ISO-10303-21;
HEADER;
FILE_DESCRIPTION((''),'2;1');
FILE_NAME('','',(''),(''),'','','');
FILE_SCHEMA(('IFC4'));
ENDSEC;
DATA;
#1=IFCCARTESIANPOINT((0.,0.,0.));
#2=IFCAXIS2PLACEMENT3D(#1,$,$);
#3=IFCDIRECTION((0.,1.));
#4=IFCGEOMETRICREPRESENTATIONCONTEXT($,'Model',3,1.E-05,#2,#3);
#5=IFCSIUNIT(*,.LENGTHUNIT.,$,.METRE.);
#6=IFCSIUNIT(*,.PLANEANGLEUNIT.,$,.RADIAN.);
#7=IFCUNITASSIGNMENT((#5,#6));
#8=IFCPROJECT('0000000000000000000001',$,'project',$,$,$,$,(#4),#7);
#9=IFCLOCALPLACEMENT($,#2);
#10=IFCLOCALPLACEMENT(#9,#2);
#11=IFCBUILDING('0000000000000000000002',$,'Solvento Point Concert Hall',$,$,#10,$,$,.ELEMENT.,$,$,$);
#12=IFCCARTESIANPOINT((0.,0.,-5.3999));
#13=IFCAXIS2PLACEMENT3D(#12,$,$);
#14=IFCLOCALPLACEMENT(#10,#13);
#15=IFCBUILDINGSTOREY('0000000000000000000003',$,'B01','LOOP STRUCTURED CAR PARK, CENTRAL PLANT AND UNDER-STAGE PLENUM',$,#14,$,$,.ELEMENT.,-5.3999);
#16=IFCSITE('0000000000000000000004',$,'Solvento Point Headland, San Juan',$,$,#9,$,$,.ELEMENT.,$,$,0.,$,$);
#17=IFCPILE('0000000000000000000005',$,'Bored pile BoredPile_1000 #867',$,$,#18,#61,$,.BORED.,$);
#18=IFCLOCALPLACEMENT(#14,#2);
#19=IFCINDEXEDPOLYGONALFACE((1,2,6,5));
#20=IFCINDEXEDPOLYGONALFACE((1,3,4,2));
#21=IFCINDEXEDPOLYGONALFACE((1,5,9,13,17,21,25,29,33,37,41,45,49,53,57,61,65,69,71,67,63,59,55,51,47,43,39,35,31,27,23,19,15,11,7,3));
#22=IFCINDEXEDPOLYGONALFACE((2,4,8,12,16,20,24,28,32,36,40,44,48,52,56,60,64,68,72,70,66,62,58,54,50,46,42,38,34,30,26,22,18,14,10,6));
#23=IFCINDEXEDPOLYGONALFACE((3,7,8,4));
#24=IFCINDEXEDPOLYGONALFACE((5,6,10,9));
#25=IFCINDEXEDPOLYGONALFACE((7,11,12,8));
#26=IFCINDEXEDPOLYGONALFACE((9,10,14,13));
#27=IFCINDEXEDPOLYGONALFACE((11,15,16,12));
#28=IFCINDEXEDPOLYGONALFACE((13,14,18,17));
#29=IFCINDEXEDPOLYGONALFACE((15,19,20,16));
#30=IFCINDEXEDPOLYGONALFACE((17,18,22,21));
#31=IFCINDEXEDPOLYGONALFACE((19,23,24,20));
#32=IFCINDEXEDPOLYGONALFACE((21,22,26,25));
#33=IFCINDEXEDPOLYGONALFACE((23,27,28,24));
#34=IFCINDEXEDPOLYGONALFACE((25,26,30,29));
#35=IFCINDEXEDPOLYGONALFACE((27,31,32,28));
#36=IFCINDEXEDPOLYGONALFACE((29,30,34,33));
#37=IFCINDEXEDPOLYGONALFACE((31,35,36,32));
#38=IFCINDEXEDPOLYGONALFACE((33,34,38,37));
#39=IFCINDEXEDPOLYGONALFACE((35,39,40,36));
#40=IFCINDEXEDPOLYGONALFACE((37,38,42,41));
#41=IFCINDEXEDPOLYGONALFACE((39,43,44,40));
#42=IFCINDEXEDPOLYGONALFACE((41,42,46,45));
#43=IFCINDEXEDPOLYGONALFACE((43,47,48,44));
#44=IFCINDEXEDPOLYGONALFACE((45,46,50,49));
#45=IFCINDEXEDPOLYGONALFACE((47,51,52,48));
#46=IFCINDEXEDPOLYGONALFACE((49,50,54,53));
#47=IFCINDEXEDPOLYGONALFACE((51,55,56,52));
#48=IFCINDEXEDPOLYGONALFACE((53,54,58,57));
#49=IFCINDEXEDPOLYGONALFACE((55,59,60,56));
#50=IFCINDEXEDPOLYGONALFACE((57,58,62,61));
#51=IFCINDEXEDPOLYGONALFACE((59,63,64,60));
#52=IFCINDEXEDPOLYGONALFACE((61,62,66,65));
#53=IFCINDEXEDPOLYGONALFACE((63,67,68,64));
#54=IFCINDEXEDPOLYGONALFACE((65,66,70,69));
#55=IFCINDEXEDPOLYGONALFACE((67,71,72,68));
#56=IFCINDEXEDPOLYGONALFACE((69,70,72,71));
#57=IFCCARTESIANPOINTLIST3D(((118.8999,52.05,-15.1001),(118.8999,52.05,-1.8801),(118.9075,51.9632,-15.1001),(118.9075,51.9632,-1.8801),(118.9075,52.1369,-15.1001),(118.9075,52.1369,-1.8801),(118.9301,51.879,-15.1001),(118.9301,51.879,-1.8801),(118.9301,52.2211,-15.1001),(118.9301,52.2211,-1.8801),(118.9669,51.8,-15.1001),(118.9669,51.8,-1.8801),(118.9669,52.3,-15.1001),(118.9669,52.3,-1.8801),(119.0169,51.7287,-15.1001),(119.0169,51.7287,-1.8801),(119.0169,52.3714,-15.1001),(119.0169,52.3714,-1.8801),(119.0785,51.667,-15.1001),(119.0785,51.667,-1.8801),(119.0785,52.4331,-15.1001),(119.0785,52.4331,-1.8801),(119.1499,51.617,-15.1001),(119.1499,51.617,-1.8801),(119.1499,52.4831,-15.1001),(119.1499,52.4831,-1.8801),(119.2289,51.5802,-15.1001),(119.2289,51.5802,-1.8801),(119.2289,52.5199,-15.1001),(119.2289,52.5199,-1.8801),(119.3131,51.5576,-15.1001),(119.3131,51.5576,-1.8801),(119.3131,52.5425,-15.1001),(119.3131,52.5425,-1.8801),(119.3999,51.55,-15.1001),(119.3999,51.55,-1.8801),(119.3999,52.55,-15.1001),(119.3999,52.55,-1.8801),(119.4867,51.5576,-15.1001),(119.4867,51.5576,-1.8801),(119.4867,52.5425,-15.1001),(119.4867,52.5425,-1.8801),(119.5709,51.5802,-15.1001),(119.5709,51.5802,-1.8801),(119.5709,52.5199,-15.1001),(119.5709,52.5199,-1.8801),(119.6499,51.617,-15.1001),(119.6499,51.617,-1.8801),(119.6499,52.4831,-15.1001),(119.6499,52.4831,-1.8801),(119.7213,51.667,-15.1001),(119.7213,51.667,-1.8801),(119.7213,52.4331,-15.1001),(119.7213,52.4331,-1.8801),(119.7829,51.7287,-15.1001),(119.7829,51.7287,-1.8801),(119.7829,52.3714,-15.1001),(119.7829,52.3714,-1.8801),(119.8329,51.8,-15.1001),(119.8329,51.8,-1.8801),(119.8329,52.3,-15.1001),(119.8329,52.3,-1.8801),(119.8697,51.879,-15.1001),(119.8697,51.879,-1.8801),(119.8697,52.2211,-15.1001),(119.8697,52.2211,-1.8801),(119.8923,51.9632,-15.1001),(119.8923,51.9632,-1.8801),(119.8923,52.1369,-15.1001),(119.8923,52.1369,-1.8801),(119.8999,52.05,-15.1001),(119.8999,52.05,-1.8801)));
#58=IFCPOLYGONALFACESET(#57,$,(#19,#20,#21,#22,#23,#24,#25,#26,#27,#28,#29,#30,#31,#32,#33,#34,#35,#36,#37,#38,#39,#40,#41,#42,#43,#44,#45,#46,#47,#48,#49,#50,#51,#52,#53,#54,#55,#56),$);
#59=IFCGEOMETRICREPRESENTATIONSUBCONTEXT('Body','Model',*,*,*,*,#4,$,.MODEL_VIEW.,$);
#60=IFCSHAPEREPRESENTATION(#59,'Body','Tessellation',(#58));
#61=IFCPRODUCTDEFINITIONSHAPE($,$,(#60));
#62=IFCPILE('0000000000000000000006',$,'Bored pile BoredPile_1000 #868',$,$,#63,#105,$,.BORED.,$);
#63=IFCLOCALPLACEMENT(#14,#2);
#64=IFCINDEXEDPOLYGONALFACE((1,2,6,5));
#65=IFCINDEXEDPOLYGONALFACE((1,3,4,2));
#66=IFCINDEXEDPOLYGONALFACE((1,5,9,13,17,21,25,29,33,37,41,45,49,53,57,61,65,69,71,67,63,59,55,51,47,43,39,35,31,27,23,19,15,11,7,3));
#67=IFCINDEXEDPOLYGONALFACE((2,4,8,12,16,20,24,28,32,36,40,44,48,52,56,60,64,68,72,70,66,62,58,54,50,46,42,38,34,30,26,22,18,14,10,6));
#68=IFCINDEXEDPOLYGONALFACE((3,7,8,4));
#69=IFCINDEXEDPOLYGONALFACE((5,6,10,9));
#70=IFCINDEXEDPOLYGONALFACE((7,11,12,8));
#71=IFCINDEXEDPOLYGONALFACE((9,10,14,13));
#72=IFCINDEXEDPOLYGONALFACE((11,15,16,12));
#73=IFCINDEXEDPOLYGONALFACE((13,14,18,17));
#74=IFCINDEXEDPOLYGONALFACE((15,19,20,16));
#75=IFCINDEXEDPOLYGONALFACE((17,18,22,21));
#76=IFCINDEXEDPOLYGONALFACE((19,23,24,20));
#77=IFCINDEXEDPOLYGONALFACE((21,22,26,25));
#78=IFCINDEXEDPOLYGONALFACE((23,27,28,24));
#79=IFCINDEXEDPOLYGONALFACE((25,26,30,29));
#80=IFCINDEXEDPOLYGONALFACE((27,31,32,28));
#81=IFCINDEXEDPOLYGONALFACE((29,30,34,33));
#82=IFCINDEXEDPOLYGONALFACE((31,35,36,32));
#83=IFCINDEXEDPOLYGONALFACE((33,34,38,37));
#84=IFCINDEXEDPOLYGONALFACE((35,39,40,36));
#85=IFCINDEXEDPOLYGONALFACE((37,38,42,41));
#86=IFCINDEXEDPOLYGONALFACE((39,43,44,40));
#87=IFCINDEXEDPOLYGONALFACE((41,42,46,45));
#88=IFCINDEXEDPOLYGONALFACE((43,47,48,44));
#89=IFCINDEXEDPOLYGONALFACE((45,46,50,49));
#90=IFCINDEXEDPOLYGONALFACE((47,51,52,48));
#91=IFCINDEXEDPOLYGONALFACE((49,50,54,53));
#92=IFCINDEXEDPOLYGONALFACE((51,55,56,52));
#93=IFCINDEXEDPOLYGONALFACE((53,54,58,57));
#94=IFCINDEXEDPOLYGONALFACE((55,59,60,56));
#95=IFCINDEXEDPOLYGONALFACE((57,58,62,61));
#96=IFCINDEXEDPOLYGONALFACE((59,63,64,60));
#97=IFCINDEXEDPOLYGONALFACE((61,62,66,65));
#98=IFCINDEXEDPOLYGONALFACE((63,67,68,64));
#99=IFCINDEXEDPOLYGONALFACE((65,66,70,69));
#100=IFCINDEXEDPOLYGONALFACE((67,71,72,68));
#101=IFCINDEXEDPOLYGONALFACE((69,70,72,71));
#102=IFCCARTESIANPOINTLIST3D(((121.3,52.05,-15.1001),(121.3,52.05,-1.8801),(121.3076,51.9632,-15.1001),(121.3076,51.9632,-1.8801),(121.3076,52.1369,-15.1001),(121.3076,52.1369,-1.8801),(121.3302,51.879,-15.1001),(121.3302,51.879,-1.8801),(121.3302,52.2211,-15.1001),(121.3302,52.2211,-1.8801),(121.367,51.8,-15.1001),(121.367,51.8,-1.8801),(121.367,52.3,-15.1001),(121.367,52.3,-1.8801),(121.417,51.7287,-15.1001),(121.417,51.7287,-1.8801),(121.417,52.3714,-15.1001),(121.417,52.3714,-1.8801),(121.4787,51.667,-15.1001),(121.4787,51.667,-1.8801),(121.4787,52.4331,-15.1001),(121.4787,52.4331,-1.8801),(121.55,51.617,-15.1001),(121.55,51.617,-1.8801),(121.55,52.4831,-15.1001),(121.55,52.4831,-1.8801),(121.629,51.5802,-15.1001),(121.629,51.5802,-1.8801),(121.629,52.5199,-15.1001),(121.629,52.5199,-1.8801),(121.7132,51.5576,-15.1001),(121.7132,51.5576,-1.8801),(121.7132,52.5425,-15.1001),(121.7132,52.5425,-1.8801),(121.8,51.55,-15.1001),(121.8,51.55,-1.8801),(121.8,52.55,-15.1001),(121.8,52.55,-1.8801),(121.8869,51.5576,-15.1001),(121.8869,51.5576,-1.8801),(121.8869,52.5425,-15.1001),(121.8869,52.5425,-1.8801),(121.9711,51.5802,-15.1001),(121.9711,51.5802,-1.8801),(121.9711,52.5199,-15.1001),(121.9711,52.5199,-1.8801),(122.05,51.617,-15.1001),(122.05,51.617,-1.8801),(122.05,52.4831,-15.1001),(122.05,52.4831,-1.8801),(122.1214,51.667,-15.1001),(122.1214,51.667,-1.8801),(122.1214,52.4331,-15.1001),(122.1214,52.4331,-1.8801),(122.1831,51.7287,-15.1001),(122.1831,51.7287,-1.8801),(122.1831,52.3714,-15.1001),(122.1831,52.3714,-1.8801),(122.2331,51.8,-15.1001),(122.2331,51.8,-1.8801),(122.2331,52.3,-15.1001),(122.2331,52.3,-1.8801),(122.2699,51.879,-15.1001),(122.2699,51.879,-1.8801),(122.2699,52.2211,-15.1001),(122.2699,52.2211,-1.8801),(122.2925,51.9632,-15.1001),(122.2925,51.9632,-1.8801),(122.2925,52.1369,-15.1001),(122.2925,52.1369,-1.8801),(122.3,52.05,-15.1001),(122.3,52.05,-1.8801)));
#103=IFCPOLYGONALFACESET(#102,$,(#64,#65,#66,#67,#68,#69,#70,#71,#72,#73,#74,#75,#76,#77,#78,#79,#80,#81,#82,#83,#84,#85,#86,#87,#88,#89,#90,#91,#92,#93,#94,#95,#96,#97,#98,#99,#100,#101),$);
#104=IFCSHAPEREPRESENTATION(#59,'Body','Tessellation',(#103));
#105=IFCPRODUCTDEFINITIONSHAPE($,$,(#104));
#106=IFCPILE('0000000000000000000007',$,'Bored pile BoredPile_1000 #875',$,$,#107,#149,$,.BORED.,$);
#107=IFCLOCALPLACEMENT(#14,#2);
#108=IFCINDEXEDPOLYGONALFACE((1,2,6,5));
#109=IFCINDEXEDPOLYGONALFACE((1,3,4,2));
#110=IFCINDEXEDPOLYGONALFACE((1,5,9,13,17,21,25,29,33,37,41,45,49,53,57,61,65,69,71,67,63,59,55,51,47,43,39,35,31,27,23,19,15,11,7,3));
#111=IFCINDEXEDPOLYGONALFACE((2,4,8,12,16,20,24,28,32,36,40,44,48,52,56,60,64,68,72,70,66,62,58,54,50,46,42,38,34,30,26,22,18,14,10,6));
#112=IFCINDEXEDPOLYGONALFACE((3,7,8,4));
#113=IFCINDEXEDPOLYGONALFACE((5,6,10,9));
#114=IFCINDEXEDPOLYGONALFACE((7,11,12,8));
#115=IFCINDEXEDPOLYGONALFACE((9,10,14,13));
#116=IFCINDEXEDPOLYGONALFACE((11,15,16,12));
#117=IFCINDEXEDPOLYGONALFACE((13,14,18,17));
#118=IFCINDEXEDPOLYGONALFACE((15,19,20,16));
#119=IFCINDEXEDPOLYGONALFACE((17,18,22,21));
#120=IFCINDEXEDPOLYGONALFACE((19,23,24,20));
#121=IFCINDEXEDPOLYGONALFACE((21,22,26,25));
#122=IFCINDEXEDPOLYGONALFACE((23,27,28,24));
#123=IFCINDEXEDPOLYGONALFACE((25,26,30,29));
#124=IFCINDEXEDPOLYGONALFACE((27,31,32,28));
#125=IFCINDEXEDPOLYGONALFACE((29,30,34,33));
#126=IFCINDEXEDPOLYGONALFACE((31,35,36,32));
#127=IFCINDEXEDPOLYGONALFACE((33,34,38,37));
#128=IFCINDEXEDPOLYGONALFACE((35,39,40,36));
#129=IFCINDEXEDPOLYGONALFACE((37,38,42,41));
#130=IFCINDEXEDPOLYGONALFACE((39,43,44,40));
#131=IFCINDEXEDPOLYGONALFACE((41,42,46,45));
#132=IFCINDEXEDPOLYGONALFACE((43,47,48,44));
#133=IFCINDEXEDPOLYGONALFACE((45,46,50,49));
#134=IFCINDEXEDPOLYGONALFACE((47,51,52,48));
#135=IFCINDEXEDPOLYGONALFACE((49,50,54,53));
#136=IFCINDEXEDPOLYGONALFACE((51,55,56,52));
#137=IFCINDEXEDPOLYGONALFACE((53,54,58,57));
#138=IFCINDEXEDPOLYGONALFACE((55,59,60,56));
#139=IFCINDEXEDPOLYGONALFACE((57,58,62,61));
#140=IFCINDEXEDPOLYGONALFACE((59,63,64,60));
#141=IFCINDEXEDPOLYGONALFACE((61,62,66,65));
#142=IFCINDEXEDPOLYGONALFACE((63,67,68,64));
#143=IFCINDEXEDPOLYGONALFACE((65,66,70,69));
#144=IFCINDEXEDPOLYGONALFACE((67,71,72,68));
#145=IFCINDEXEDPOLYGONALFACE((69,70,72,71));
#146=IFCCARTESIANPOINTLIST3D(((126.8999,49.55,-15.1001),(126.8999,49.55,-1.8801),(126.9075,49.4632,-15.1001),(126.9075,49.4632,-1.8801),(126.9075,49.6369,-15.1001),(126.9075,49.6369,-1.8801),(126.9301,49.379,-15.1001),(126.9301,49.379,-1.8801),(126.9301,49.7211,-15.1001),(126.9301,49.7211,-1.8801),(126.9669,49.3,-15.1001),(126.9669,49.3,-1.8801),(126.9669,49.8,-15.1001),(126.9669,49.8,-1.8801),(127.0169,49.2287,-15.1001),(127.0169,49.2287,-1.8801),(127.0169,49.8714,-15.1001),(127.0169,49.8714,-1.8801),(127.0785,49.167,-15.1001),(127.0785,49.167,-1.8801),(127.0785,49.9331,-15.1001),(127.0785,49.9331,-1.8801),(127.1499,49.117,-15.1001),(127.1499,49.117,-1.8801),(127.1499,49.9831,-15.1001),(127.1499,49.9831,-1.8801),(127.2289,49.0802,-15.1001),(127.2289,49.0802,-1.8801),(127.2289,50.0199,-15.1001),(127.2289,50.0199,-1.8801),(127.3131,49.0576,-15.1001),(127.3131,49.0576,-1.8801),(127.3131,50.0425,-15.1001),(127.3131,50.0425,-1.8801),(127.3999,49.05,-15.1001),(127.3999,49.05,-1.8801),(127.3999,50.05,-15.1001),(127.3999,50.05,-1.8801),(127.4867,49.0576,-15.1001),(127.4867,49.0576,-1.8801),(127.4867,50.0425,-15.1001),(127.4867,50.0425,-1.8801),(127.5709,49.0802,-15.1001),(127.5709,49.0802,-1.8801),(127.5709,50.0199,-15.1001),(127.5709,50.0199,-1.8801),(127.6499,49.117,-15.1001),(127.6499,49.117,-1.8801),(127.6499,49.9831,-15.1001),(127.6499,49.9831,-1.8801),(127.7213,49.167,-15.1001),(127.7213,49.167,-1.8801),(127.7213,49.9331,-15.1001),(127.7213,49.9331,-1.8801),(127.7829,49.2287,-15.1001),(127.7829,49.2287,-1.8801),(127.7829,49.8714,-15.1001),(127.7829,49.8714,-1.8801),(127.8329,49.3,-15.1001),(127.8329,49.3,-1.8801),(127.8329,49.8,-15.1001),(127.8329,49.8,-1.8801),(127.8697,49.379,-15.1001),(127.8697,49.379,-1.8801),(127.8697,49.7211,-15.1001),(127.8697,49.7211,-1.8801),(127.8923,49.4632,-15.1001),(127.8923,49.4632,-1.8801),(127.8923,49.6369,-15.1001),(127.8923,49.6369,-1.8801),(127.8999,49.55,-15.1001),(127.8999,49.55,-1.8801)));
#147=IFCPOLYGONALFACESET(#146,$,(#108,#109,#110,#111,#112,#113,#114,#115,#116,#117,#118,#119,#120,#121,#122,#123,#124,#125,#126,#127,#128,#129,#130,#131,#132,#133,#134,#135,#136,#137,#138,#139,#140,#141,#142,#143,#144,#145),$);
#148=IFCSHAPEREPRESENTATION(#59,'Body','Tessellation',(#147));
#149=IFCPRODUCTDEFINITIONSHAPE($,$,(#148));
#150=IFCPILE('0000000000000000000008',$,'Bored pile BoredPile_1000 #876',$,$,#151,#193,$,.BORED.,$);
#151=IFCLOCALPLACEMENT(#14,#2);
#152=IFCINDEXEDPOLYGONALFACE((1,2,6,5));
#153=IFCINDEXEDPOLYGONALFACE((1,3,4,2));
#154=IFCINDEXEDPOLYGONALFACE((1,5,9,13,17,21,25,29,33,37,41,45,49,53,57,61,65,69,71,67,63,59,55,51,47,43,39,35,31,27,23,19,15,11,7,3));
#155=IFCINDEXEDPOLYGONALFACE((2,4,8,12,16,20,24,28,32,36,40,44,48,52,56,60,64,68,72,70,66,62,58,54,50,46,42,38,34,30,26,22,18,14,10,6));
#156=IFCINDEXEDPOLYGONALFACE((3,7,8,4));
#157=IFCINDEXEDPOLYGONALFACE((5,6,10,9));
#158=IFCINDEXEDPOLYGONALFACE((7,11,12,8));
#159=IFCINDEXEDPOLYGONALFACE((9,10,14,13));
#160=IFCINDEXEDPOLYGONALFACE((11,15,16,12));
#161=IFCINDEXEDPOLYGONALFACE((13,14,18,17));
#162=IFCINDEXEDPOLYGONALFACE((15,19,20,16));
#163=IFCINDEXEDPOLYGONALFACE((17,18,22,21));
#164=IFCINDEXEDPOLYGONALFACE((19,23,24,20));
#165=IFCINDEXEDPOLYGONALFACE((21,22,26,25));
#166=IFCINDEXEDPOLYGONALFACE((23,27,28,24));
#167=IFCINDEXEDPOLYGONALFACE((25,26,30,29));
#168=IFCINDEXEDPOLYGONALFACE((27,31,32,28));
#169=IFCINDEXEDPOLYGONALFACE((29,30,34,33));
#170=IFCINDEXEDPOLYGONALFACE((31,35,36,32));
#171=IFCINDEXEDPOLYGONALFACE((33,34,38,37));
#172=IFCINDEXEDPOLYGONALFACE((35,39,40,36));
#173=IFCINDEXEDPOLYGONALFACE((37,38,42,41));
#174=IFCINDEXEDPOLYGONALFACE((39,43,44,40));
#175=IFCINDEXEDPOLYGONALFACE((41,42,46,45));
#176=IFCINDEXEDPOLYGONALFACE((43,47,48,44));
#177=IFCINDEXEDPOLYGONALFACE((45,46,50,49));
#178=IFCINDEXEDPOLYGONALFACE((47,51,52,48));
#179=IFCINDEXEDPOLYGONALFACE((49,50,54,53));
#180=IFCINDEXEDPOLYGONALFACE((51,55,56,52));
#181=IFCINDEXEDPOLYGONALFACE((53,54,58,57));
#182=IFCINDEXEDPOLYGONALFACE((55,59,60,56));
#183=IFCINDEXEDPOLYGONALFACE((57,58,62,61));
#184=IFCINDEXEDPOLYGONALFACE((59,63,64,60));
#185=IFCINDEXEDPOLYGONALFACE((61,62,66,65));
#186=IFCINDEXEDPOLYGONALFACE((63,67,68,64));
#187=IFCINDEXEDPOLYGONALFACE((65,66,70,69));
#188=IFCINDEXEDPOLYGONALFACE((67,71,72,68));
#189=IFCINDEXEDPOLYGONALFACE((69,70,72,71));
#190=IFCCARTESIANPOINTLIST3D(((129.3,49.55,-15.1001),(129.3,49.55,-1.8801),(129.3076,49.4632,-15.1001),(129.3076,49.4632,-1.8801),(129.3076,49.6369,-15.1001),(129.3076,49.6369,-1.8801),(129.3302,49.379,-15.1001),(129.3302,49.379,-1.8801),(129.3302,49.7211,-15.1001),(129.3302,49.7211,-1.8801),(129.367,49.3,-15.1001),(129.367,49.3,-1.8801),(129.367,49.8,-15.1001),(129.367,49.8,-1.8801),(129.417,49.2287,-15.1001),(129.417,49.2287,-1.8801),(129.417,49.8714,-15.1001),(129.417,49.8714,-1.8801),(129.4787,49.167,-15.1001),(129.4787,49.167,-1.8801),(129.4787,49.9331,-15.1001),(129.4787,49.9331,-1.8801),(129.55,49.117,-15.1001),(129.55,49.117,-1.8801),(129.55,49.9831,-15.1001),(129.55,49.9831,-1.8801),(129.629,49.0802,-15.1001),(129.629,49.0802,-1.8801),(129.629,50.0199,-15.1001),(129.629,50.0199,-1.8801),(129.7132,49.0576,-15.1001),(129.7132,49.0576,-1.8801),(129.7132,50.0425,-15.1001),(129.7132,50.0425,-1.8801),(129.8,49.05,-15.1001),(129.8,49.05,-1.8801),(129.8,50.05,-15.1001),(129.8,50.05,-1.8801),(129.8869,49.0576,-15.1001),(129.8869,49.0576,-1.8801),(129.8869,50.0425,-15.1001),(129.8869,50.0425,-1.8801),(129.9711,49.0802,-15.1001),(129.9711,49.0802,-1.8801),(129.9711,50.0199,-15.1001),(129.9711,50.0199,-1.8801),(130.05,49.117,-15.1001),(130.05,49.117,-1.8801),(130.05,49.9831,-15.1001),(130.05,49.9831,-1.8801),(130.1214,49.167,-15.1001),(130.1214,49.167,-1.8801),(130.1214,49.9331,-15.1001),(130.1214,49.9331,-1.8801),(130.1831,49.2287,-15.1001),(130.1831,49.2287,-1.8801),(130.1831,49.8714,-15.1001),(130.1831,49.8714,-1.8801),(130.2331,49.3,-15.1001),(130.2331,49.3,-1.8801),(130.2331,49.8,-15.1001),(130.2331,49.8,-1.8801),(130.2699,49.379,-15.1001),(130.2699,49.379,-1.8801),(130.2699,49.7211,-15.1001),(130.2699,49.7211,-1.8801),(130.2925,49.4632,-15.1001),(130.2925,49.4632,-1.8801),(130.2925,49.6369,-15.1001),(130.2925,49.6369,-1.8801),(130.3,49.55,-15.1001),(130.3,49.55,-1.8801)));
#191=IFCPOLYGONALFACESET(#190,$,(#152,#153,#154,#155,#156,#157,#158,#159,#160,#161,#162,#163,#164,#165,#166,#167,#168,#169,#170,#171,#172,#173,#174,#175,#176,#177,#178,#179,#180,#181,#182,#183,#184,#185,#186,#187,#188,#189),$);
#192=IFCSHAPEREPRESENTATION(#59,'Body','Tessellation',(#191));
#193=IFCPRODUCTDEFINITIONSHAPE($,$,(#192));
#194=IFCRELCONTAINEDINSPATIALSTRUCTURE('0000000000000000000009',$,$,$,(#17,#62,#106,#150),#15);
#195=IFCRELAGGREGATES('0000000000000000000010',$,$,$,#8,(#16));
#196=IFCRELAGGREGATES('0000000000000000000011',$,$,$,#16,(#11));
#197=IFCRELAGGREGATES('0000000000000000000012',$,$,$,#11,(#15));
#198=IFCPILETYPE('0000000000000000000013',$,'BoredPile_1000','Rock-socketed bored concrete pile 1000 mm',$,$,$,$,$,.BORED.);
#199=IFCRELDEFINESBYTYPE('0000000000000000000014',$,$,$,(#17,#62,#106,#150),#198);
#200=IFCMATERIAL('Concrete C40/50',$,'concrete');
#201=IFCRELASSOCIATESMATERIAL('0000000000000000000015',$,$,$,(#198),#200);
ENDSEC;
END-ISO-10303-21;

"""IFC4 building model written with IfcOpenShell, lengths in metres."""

from ifc_helpers import new_model, si_unit, direction, frame, origin, origin_2d, place, context, subcontext, project, spatial, circle, extrude, material, material_profile, profile_set, type_object, element, save


model = new_model("IFC4")

# Units and contexts
model_context = context("Model", 3, precision=1e-05, world=origin(), true_north=direction((0.0, 1.0)))
body_context = subcontext(model_context, "Body", "Model", "MODEL_VIEW")
ifc_project = project(units=[si_unit("LENGTHUNIT", "METRE"), si_unit("PLANEANGLEUNIT", "RADIAN")], contexts=[model_context])

# Site, building, storey
site_placement = place(None, origin())
site = spatial("IfcSite", under=ifc_project, at=site_placement, Name="Solvento Point Headland, San Juan", CompositionType="ELEMENT", RefElevation=0.0)
building_placement = place(site_placement, origin())
building = spatial("IfcBuilding", under=site, at=building_placement, Name="Solvento Point Concert Hall", CompositionType="ELEMENT")
storey_placement = place(building_placement, frame((0.0, 0.0, -5.3999)))
storey = spatial("IfcBuildingStorey", under=building, at=storey_placement, Name="B01", Description="LOOP STRUCTURED CAR PARK, CENTRAL PLANT AND UNDER-STAGE PLENUM", CompositionType="ELEMENT", Elevation=-5.3999)

# Piles
ifc_material_1 = material(Name="Concrete C40/50", Category="concrete")
ifc_material_profile_1 = material_profile(ifc_material_1, circle(Radius=0.5, at=origin_2d()), Name="BP-1000")
ifc_profile_set_1 = profile_set([ifc_material_profile_1], Name="Concrete C40/50")
pile_type_1 = type_object("IfcPileType", Name="BoredPile_1000", Description="Rock-socketed bored concrete pile 1000 mm", PredefinedType="BORED", material=ifc_profile_set_1)
for number, where, z_axis, x_axis, name in (
    (1, (119.3999, 52.05, -1.8801), (0.0, 0.0, -1.0), (1.0, 0.0, 0.0), "Bored pile BoredPile_1000 #867"),
    (2, (121.8, 52.05, -1.8801), (0.0, 0.0, -1.0), (1.0, 0.0, 0.0), "Bored pile BoredPile_1000 #868"),
    (3, (127.3999, 49.55, -1.8801), (0.0, 0.0, -1.0), (1.0, 0.0, 0.0), "Bored pile BoredPile_1000 #875"),
    (4, (129.8, 49.55, -1.8801), (0.0, 0.0, -1.0), (1.0, 0.0, 0.0), "Bored pile BoredPile_1000 #876"),
):
    element("IfcPile", number, at=place(storey_placement, frame(where, z_axis=z_axis, x_axis=x_axis)), inside=storey, type_object=pile_type_1, Name=name, PredefinedType="BORED", context=body_context, shape_type="SweptSolid", body=[
        extrude(circle(Radius=0.5, at=origin_2d()), origin(), (0.0, 0.0, 1.0), 13.22),
    ])

save(model, "model.ifc")
